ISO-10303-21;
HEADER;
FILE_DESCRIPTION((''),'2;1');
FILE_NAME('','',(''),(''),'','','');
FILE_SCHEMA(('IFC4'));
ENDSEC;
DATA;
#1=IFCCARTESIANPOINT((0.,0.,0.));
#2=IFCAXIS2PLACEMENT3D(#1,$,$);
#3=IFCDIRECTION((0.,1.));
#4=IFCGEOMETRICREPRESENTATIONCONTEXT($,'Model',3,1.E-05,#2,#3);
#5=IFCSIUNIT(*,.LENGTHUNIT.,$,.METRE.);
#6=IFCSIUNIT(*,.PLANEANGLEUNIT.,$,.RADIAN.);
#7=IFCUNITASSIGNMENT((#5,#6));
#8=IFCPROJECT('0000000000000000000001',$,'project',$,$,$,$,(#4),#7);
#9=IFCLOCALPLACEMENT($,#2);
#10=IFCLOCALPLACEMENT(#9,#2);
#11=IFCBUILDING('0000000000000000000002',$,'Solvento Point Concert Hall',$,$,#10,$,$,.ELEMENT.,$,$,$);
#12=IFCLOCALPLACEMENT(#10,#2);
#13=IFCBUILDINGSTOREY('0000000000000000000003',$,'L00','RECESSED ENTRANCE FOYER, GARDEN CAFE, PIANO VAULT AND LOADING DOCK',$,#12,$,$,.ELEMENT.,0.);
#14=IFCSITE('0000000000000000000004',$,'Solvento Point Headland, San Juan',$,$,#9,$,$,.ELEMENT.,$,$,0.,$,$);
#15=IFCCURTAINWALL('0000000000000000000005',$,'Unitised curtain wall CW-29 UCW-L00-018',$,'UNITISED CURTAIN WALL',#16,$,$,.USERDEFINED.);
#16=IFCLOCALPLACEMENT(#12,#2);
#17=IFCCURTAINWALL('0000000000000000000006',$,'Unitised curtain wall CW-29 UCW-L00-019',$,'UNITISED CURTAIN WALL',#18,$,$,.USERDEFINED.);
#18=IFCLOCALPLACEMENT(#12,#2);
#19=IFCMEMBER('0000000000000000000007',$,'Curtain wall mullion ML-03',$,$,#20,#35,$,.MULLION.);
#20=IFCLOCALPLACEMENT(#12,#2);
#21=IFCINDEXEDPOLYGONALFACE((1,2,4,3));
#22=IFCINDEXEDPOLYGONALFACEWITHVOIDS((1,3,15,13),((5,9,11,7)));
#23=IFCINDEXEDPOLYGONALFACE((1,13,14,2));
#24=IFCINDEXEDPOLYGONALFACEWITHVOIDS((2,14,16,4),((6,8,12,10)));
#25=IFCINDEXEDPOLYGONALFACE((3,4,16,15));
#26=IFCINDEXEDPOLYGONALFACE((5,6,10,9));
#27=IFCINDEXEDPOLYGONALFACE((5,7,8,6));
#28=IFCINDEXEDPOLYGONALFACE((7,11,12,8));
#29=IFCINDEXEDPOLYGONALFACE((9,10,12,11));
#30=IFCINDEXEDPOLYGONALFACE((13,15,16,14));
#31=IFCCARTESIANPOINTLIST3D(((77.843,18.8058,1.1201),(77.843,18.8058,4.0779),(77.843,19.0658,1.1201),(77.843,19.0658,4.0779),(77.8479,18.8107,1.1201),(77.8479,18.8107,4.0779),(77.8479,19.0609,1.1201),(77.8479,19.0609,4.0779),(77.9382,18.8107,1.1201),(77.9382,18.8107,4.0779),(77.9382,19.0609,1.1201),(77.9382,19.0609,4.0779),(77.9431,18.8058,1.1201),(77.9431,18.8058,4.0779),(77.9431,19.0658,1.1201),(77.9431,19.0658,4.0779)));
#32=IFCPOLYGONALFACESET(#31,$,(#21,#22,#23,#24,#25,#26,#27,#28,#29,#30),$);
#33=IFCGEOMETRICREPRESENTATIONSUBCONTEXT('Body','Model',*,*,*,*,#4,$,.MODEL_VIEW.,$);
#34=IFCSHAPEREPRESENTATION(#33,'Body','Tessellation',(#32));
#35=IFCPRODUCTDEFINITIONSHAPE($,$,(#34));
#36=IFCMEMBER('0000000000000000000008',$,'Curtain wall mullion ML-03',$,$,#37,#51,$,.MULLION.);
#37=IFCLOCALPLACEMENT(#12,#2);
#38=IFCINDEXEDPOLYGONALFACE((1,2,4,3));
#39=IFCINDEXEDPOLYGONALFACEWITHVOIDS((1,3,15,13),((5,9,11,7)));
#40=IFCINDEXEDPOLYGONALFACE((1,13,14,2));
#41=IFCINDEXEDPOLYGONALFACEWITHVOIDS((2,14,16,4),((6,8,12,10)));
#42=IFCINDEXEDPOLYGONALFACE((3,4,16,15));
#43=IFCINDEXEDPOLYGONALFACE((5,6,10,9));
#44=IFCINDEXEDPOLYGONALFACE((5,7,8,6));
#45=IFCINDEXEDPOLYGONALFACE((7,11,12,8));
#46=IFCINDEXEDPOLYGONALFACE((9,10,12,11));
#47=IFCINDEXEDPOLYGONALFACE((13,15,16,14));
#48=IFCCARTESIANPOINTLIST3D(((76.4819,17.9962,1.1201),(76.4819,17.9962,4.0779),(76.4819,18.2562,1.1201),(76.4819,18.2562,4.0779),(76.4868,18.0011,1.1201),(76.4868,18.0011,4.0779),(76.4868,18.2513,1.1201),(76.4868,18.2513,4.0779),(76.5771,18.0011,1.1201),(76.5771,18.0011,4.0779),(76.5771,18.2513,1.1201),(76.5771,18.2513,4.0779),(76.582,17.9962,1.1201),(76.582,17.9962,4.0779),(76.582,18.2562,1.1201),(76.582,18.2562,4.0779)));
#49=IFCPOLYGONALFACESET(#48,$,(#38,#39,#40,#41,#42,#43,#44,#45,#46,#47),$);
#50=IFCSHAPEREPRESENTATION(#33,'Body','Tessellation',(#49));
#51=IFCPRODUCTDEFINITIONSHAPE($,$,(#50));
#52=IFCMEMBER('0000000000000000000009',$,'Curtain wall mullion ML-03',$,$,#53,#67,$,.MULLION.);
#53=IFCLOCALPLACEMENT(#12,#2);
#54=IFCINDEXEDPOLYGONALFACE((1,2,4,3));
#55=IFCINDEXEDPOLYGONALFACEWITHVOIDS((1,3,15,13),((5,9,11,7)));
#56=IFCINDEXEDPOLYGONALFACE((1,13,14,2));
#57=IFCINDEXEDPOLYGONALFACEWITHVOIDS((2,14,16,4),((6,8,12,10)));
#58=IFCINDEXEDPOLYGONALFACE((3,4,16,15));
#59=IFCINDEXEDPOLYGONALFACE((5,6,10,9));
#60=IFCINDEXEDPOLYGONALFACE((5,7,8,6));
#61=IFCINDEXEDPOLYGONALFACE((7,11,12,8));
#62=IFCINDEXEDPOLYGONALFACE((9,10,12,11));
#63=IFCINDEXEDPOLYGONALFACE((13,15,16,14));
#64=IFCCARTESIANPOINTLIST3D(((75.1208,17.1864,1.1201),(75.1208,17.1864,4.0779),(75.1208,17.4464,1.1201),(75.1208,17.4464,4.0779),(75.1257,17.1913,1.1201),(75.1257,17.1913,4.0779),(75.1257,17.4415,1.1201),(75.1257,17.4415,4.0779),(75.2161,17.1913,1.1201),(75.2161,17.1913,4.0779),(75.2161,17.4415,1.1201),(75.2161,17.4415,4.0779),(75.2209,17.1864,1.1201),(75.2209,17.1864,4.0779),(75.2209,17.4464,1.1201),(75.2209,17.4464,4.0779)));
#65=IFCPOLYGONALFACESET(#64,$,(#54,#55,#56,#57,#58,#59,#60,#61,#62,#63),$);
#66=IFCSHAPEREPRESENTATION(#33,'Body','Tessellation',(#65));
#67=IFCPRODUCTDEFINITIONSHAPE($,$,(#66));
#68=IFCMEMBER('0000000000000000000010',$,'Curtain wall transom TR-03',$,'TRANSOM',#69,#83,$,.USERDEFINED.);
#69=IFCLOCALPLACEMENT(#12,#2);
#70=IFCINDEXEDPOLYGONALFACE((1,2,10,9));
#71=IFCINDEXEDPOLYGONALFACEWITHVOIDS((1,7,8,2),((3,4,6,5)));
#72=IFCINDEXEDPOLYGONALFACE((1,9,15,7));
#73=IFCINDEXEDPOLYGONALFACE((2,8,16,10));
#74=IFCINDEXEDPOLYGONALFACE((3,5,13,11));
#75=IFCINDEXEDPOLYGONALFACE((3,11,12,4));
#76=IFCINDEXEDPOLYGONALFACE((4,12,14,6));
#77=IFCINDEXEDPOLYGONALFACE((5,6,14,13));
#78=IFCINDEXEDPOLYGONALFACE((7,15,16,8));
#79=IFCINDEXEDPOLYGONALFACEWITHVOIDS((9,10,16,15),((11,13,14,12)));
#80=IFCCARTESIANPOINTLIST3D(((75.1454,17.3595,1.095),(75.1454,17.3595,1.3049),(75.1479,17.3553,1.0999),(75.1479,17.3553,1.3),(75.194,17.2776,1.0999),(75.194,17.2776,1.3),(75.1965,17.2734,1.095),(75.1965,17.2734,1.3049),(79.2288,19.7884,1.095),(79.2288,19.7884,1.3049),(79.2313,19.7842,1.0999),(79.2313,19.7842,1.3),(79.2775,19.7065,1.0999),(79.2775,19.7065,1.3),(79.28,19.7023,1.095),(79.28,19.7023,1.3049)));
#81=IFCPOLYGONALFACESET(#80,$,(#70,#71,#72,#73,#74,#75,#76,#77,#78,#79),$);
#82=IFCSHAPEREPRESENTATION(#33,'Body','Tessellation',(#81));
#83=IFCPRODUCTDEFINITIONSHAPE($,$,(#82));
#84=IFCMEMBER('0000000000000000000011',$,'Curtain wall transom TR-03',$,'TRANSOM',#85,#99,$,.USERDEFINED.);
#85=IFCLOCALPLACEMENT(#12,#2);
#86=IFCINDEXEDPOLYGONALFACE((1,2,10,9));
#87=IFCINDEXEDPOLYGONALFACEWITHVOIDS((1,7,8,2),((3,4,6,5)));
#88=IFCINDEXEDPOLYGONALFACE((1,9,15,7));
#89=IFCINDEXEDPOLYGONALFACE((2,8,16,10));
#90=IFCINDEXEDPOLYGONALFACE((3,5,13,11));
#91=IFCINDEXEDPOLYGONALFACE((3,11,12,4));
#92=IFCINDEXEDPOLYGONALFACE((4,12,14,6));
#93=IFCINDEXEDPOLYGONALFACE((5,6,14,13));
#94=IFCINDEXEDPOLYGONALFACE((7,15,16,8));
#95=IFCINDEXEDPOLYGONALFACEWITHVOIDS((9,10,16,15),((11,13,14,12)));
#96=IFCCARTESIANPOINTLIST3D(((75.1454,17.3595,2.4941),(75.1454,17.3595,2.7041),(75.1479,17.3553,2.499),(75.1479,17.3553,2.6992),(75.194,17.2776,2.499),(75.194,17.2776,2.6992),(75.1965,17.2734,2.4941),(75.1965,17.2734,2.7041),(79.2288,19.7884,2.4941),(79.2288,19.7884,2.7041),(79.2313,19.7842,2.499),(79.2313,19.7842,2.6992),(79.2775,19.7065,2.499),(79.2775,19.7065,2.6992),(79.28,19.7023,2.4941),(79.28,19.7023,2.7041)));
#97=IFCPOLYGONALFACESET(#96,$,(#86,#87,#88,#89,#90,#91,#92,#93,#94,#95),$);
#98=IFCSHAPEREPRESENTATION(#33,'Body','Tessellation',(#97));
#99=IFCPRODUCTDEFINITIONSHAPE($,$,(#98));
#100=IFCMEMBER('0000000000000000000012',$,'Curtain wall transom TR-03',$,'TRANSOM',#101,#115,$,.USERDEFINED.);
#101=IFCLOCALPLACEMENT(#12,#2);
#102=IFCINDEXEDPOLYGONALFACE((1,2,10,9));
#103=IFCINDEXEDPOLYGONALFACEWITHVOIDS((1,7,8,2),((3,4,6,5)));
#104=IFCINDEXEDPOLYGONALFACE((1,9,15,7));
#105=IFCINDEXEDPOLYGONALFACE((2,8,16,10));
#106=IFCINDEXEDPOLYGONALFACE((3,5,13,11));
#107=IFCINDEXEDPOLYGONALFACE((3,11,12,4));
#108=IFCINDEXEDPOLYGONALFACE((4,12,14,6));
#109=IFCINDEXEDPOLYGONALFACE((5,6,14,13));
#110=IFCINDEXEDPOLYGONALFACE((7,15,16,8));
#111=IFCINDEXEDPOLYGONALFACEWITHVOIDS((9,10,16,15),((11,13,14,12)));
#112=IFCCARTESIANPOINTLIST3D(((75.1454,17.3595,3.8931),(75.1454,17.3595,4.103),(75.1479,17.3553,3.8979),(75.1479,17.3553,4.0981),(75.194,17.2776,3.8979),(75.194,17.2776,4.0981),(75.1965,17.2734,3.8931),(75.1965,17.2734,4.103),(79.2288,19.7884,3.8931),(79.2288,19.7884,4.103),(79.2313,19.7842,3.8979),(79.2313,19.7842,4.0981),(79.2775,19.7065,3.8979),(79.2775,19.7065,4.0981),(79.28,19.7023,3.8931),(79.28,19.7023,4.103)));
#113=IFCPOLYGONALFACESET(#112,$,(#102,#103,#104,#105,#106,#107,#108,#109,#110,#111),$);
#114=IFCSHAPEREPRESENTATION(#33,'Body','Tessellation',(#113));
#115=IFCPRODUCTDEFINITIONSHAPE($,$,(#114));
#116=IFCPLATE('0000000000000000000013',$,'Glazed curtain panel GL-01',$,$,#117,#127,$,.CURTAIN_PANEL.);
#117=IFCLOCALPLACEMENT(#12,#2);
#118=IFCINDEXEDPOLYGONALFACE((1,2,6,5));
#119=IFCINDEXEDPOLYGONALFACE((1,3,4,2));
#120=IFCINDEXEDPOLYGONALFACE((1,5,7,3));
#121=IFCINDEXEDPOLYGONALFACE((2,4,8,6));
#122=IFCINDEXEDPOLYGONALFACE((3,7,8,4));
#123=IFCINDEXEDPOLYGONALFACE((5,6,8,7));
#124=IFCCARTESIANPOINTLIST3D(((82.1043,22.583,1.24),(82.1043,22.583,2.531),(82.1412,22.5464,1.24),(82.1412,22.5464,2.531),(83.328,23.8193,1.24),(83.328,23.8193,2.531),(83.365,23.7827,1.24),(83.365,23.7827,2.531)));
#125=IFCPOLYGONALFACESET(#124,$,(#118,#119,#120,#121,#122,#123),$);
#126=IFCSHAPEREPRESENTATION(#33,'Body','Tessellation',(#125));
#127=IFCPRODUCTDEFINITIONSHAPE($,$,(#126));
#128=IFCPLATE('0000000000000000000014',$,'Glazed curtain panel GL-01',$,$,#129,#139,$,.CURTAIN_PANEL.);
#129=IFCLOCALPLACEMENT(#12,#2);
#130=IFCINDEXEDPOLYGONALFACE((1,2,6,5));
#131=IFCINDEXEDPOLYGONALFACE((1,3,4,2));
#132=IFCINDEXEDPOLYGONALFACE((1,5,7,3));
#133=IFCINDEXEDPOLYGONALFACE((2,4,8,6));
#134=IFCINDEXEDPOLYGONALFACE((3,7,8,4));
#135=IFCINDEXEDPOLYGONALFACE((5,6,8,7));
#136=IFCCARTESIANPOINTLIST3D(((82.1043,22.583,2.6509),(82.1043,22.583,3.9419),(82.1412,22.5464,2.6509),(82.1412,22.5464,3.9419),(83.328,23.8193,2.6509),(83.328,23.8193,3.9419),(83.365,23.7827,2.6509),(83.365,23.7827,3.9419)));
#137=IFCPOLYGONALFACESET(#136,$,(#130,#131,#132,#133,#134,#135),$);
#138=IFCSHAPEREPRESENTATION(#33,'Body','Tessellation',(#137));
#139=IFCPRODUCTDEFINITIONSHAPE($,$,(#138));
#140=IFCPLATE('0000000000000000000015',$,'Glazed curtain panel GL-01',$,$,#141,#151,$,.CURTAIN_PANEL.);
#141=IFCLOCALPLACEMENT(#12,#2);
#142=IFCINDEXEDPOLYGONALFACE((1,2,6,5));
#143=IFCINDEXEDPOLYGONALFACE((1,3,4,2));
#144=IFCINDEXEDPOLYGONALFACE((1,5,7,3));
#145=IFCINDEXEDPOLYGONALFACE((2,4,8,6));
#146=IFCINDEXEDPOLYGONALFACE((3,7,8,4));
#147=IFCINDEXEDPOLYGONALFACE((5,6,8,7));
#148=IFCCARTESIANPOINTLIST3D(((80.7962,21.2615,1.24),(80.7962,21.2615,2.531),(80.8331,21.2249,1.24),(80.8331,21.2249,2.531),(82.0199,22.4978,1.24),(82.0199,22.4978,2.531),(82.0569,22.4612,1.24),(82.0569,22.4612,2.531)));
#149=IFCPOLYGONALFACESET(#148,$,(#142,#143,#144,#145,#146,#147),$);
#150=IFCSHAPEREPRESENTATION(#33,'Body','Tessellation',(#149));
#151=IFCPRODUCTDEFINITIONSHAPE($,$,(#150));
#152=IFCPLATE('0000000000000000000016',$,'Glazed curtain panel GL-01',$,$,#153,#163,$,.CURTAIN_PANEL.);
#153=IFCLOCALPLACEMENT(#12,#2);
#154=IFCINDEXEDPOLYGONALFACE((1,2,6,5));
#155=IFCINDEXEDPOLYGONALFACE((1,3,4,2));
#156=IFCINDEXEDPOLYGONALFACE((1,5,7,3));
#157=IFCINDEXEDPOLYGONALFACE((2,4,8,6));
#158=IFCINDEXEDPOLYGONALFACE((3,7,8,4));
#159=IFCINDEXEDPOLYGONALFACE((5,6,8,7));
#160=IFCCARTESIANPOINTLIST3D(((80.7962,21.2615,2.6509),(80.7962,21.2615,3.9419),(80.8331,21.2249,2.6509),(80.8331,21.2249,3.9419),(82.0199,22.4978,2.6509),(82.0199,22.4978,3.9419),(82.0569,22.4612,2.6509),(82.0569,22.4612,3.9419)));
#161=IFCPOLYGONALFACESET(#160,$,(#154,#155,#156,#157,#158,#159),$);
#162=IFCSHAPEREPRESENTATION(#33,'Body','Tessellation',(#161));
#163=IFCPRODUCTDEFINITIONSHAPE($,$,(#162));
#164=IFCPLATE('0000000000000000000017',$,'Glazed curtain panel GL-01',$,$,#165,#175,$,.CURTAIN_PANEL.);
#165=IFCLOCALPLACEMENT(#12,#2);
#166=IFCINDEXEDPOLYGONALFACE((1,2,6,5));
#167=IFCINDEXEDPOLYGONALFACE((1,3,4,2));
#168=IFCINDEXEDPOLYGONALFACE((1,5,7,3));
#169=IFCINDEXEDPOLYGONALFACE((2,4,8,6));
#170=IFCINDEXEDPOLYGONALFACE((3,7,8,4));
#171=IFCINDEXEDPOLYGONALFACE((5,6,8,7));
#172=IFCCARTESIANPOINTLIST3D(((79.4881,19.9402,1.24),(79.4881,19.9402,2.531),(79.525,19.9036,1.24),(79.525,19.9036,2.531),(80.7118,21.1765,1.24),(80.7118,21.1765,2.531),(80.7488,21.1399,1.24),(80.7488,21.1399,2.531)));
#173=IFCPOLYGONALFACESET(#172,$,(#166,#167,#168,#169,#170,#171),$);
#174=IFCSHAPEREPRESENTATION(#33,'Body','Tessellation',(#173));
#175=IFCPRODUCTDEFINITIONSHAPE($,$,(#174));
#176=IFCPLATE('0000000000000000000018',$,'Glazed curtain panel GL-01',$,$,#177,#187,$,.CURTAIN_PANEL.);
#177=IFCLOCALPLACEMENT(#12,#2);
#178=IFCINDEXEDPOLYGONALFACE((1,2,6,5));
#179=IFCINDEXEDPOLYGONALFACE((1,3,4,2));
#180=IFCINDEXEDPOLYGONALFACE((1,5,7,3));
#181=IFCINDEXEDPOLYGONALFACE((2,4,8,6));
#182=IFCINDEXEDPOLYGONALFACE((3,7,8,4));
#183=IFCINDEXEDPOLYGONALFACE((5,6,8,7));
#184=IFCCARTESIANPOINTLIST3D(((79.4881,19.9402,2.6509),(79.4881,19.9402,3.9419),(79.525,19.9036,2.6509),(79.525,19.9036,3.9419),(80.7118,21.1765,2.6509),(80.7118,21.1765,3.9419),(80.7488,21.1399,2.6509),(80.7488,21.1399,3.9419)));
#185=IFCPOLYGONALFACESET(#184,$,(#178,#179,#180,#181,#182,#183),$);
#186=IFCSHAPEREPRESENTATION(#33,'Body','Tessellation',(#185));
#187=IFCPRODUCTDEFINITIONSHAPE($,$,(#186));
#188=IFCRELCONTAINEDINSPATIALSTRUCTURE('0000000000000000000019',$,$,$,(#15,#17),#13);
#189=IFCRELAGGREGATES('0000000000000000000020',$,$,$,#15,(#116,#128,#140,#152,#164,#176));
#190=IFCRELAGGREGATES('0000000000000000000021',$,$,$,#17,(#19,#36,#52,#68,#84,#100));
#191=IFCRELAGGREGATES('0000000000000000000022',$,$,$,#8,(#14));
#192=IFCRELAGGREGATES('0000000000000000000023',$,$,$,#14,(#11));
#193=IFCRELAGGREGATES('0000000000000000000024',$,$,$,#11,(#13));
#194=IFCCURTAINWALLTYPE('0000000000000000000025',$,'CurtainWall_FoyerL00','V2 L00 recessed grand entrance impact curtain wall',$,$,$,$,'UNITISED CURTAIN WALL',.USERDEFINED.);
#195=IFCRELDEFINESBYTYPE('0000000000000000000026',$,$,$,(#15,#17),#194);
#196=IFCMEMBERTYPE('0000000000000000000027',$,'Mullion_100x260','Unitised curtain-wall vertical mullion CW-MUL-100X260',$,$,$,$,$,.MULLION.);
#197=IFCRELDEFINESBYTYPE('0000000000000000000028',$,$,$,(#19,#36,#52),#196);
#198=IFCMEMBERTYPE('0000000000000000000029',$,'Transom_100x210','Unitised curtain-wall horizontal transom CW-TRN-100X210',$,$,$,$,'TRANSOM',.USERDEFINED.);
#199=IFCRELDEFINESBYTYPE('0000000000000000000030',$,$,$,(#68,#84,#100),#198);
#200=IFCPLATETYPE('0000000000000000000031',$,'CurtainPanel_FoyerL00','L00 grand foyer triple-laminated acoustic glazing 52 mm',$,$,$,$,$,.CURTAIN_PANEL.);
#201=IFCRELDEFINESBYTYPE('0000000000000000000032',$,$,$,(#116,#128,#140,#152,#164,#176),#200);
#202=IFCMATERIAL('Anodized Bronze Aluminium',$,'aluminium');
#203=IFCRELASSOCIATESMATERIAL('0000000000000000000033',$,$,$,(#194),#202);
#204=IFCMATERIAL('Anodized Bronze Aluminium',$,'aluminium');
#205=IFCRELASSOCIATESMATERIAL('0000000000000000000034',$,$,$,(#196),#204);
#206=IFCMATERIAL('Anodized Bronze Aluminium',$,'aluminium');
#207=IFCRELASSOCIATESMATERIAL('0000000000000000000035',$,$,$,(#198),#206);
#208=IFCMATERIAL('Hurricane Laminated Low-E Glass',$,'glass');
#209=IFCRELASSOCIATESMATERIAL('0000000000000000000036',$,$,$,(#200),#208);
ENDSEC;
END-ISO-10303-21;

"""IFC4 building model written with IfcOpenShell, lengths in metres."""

from ifc_helpers import new_model, si_unit, direction, frame, origin, origin_2d, place, context, subcontext, project, spatial, rectangle, hollow_rectangle, extrude, material, material_profile, profile_set, type_object, element, aggregate, save


model = new_model("IFC4")

# Units and contexts
model_context = context("Model", 3, precision=1e-05, world=origin(), true_north=direction((0.0, 1.0)))
body_context = subcontext(model_context, "Body", "Model", "MODEL_VIEW")
ifc_project = project(units=[si_unit("LENGTHUNIT", "METRE"), si_unit("PLANEANGLEUNIT", "RADIAN")], contexts=[model_context])

# Site, building, storey
site_placement = place(None, origin())
site = spatial("IfcSite", under=ifc_project, at=site_placement, Name="Solvento Point Headland, San Juan", CompositionType="ELEMENT", RefElevation=0.0)
building_placement = place(site_placement, origin())
building = spatial("IfcBuilding", under=site, at=building_placement, Name="Solvento Point Concert Hall", CompositionType="ELEMENT")
storey_placement = place(building_placement, origin())
storey = spatial("IfcBuildingStorey", under=building, at=storey_placement, Name="L00", Description="RECESSED ENTRANCE FOYER, GARDEN CAFE, PIANO VAULT AND LOADING DOCK", CompositionType="ELEMENT", Elevation=0.0)

# Curtain walls, members
ifc_material_1 = material(Name="Anodized Bronze Aluminium", Category="aluminium")
curtain_wall_type = type_object("IfcCurtainWallType", Name="CurtainWall_FoyerL00", Description="V2 L00 recessed grand entrance impact curtain wall", ElementType="UNITISED CURTAIN WALL", PredefinedType="USERDEFINED", material=ifc_material_1)
curtain_wall_1_placement = place(storey_placement, origin())
curtain_wall_1 = element("IfcCurtainWall", 1, at=curtain_wall_1_placement, inside=storey, type_object=curtain_wall_type, Name="Unitised curtain wall CW-29 UCW-L00-018", ObjectType="UNITISED CURTAIN WALL", PredefinedType="USERDEFINED")
ifc_material_2 = material(Name="Anodized Bronze Aluminium", Category="aluminium")
ifc_material_profile_1 = material_profile(ifc_material_2, hollow_rectangle(XDim=0.1001, YDim=0.26, WallThickness=0.0049, at=origin_2d()), Name="CW-MUL-100X260")
ifc_profile_set_1 = profile_set([ifc_material_profile_1], Name="Anodized Bronze Aluminium")
member_type_1 = type_object("IfcMemberType", Name="Mullion_100x260", Description="Unitised curtain-wall vertical mullion CW-MUL-100X260", PredefinedType="MULLION", material=ifc_profile_set_1)
curtain_wall_2_placement = place(storey_placement, origin())
curtain_wall_2 = element("IfcCurtainWall", 2, at=curtain_wall_2_placement, inside=storey, type_object=curtain_wall_type, Name="Unitised curtain wall CW-29 UCW-L00-019", ObjectType="UNITISED CURTAIN WALL", PredefinedType="USERDEFINED")
member_1_placement = place(storey_placement, frame((77.8931, 18.9358, 1.1201), z_axis=(0.0, 0.0, 1.0), x_axis=(1.0, 0.0, 0.0)))
member_1 = element("IfcMember", 3, at=member_1_placement, type_object=member_type_1, Name="Curtain wall mullion ML-03", PredefinedType="MULLION", context=body_context, shape_type="SweptSolid", body=[
    extrude(hollow_rectangle(XDim=0.1001, YDim=0.26, WallThickness=0.0049, at=origin_2d()), origin(), (0.0, 0.0, 1.0), 2.9578),
])
member_2_placement = place(storey_placement, frame((76.532, 18.1262, 1.1201), z_axis=(0.0, 0.0, 1.0), x_axis=(1.0, 0.0, 0.0)))
member_2 = element("IfcMember", 4, at=member_2_placement, type_object=member_type_1, Name="Curtain wall mullion ML-03", PredefinedType="MULLION", context=body_context, shape_type="SweptSolid", body=[
    extrude(hollow_rectangle(XDim=0.1001, YDim=0.26, WallThickness=0.0049, at=origin_2d()), origin(), (0.0, 0.0, 1.0), 2.9578),
])
member_3_placement = place(storey_placement, frame((75.1709, 17.3164, 1.1201), z_axis=(0.0, 0.0, 1.0), x_axis=(1.0, 0.0, 0.0)))
member_3 = element("IfcMember", 5, at=member_3_placement, type_object=member_type_1, Name="Curtain wall mullion ML-03", PredefinedType="MULLION", context=body_context, shape_type="SweptSolid", body=[
    extrude(hollow_rectangle(XDim=0.1001, YDim=0.26, WallThickness=0.0049, at=origin_2d()), origin(), (0.0, 0.0, 1.0), 2.9578),
])
ifc_material_3 = material(Name="Anodized Bronze Aluminium", Category="aluminium")
ifc_material_profile_2 = material_profile(ifc_material_3, hollow_rectangle(XDim=0.1001, YDim=0.21, WallThickness=0.0049, at=origin_2d()), Name="CW-TRN-100X210")
ifc_profile_set_2 = profile_set([ifc_material_profile_2], Name="Anodized Bronze Aluminium")
member_type_2 = type_object("IfcMemberType", Name="Transom_100x210", Description="Unitised curtain-wall horizontal transom CW-TRN-100X210", ElementType="TRANSOM", PredefinedType="USERDEFINED", material=ifc_profile_set_2)
member_4_placement = place(storey_placement, frame((79.2544, 19.7454, 1.2), z_axis=(-0.85945, -0.51122, 0.0), x_axis=(0.51122, -0.85945, 0.0)))
member_4 = element("IfcMember", 6, at=member_4_placement, type_object=member_type_2, Name="Curtain wall transom TR-03", ObjectType="TRANSOM", PredefinedType="USERDEFINED", context=body_context, shape_type="SweptSolid", body=[
    extrude(hollow_rectangle(XDim=0.1001, YDim=0.21, WallThickness=0.0049, at=origin_2d()), origin(), (0.0, 0.0, 1.0), 4.7512),
])
member_5_placement = place(storey_placement, frame((79.2544, 19.7454, 2.5991), z_axis=(-0.85945, -0.51122, 0.0), x_axis=(0.51122, -0.85945, 0.0)))
member_5 = element("IfcMember", 7, at=member_5_placement, type_object=member_type_2, Name="Curtain wall transom TR-03", ObjectType="TRANSOM", PredefinedType="USERDEFINED", context=body_context, shape_type="SweptSolid", body=[
    extrude(hollow_rectangle(XDim=0.1001, YDim=0.21, WallThickness=0.0049, at=origin_2d()), origin(), (0.0, 0.0, 1.0), 4.7512),
])
member_6_placement = place(storey_placement, frame((79.2544, 19.7454, 3.998), z_axis=(-0.85945, -0.51122, 0.0), x_axis=(0.51122, -0.85945, 0.0)))
member_6 = element("IfcMember", 8, at=member_6_placement, type_object=member_type_2, Name="Curtain wall transom TR-03", ObjectType="TRANSOM", PredefinedType="USERDEFINED", context=body_context, shape_type="SweptSolid", body=[
    extrude(hollow_rectangle(XDim=0.1001, YDim=0.21, WallThickness=0.0049, at=origin_2d()), origin(), (0.0, 0.0, 1.0), 4.7512),
])

# Plates
ifc_material_4 = material(Name="Hurricane Laminated Low-E Glass", Category="glass")
plate_type = type_object("IfcPlateType", Name="CurtainPanel_FoyerL00", Description="L00 grand foyer triple-laminated acoustic glazing 52 mm", PredefinedType="CURTAIN_PANEL", material=ifc_material_4)
plate_1_placement = place(storey_placement, frame((82.7346, 23.1829, 1.24), z_axis=(0.0, 0.0, 1.0), x_axis=(-0.703494, -0.710701, 0.0)))
plate_1 = element("IfcPlate", 9, at=plate_1_placement, type_object=plate_type, Name="Glazed curtain panel GL-01", PredefinedType="CURTAIN_PANEL", context=body_context, shape_type="SweptSolid", body=[
    extrude(rectangle(XDim=1.7395, YDim=0.052, at=origin_2d()), origin(), (0.0, 0.0, 1.0), 1.291),
])
plate_2_placement = place(storey_placement, frame((82.7346, 23.1829, 2.6509), z_axis=(0.0, 0.0, 1.0), x_axis=(-0.703494, -0.710701, 0.0)))
plate_2 = element("IfcPlate", 10, at=plate_2_placement, type_object=plate_type, Name="Glazed curtain panel GL-01", PredefinedType="CURTAIN_PANEL", context=body_context, shape_type="SweptSolid", body=[
    extrude(rectangle(XDim=1.7395, YDim=0.052, at=origin_2d()), origin(), (0.0, 0.0, 1.0), 1.291),
])
plate_3_placement = place(storey_placement, frame((81.4265, 21.8613, 1.24), z_axis=(0.0, 0.0, 1.0), x_axis=(-0.703494, -0.710701, 0.0)))
plate_3 = element("IfcPlate", 11, at=plate_3_placement, type_object=plate_type, Name="Glazed curtain panel GL-01", PredefinedType="CURTAIN_PANEL", context=body_context, shape_type="SweptSolid", body=[
    extrude(rectangle(XDim=1.7395, YDim=0.052, at=origin_2d()), origin(), (0.0, 0.0, 1.0), 1.291),
])
plate_4_placement = place(storey_placement, frame((81.4265, 21.8613, 2.6509), z_axis=(0.0, 0.0, 1.0), x_axis=(-0.703494, -0.710701, 0.0)))
plate_4 = element("IfcPlate", 12, at=plate_4_placement, type_object=plate_type, Name="Glazed curtain panel GL-01", PredefinedType="CURTAIN_PANEL", context=body_context, shape_type="SweptSolid", body=[
    extrude(rectangle(XDim=1.7395, YDim=0.052, at=origin_2d()), origin(), (0.0, 0.0, 1.0), 1.291),
])
plate_5_placement = place(storey_placement, frame((80.1184, 20.54, 1.24), z_axis=(0.0, 0.0, 1.0), x_axis=(-0.703494, -0.710701, 0.0)))
plate_5 = element("IfcPlate", 13, at=plate_5_placement, type_object=plate_type, Name="Glazed curtain panel GL-01", PredefinedType="CURTAIN_PANEL", context=body_context, shape_type="SweptSolid", body=[
    extrude(rectangle(XDim=1.7395, YDim=0.052, at=origin_2d()), origin(), (0.0, 0.0, 1.0), 1.291),
])
plate_6_placement = place(storey_placement, frame((80.1184, 20.54, 2.6509), z_axis=(0.0, 0.0, 1.0), x_axis=(-0.703494, -0.710701, 0.0)))
plate_6 = element("IfcPlate", 14, at=plate_6_placement, type_object=plate_type, Name="Glazed curtain panel GL-01", PredefinedType="CURTAIN_PANEL", context=body_context, shape_type="SweptSolid", body=[
    extrude(rectangle(XDim=1.7395, YDim=0.052, at=origin_2d()), origin(), (0.0, 0.0, 1.0), 1.291),
])
aggregate(curtain_wall_1, [plate_1, plate_2, plate_3, plate_4, plate_5, plate_6])
aggregate(curtain_wall_2, [member_1, member_2, member_3, member_4, member_5, member_6])

save(model, "model.ifc")
